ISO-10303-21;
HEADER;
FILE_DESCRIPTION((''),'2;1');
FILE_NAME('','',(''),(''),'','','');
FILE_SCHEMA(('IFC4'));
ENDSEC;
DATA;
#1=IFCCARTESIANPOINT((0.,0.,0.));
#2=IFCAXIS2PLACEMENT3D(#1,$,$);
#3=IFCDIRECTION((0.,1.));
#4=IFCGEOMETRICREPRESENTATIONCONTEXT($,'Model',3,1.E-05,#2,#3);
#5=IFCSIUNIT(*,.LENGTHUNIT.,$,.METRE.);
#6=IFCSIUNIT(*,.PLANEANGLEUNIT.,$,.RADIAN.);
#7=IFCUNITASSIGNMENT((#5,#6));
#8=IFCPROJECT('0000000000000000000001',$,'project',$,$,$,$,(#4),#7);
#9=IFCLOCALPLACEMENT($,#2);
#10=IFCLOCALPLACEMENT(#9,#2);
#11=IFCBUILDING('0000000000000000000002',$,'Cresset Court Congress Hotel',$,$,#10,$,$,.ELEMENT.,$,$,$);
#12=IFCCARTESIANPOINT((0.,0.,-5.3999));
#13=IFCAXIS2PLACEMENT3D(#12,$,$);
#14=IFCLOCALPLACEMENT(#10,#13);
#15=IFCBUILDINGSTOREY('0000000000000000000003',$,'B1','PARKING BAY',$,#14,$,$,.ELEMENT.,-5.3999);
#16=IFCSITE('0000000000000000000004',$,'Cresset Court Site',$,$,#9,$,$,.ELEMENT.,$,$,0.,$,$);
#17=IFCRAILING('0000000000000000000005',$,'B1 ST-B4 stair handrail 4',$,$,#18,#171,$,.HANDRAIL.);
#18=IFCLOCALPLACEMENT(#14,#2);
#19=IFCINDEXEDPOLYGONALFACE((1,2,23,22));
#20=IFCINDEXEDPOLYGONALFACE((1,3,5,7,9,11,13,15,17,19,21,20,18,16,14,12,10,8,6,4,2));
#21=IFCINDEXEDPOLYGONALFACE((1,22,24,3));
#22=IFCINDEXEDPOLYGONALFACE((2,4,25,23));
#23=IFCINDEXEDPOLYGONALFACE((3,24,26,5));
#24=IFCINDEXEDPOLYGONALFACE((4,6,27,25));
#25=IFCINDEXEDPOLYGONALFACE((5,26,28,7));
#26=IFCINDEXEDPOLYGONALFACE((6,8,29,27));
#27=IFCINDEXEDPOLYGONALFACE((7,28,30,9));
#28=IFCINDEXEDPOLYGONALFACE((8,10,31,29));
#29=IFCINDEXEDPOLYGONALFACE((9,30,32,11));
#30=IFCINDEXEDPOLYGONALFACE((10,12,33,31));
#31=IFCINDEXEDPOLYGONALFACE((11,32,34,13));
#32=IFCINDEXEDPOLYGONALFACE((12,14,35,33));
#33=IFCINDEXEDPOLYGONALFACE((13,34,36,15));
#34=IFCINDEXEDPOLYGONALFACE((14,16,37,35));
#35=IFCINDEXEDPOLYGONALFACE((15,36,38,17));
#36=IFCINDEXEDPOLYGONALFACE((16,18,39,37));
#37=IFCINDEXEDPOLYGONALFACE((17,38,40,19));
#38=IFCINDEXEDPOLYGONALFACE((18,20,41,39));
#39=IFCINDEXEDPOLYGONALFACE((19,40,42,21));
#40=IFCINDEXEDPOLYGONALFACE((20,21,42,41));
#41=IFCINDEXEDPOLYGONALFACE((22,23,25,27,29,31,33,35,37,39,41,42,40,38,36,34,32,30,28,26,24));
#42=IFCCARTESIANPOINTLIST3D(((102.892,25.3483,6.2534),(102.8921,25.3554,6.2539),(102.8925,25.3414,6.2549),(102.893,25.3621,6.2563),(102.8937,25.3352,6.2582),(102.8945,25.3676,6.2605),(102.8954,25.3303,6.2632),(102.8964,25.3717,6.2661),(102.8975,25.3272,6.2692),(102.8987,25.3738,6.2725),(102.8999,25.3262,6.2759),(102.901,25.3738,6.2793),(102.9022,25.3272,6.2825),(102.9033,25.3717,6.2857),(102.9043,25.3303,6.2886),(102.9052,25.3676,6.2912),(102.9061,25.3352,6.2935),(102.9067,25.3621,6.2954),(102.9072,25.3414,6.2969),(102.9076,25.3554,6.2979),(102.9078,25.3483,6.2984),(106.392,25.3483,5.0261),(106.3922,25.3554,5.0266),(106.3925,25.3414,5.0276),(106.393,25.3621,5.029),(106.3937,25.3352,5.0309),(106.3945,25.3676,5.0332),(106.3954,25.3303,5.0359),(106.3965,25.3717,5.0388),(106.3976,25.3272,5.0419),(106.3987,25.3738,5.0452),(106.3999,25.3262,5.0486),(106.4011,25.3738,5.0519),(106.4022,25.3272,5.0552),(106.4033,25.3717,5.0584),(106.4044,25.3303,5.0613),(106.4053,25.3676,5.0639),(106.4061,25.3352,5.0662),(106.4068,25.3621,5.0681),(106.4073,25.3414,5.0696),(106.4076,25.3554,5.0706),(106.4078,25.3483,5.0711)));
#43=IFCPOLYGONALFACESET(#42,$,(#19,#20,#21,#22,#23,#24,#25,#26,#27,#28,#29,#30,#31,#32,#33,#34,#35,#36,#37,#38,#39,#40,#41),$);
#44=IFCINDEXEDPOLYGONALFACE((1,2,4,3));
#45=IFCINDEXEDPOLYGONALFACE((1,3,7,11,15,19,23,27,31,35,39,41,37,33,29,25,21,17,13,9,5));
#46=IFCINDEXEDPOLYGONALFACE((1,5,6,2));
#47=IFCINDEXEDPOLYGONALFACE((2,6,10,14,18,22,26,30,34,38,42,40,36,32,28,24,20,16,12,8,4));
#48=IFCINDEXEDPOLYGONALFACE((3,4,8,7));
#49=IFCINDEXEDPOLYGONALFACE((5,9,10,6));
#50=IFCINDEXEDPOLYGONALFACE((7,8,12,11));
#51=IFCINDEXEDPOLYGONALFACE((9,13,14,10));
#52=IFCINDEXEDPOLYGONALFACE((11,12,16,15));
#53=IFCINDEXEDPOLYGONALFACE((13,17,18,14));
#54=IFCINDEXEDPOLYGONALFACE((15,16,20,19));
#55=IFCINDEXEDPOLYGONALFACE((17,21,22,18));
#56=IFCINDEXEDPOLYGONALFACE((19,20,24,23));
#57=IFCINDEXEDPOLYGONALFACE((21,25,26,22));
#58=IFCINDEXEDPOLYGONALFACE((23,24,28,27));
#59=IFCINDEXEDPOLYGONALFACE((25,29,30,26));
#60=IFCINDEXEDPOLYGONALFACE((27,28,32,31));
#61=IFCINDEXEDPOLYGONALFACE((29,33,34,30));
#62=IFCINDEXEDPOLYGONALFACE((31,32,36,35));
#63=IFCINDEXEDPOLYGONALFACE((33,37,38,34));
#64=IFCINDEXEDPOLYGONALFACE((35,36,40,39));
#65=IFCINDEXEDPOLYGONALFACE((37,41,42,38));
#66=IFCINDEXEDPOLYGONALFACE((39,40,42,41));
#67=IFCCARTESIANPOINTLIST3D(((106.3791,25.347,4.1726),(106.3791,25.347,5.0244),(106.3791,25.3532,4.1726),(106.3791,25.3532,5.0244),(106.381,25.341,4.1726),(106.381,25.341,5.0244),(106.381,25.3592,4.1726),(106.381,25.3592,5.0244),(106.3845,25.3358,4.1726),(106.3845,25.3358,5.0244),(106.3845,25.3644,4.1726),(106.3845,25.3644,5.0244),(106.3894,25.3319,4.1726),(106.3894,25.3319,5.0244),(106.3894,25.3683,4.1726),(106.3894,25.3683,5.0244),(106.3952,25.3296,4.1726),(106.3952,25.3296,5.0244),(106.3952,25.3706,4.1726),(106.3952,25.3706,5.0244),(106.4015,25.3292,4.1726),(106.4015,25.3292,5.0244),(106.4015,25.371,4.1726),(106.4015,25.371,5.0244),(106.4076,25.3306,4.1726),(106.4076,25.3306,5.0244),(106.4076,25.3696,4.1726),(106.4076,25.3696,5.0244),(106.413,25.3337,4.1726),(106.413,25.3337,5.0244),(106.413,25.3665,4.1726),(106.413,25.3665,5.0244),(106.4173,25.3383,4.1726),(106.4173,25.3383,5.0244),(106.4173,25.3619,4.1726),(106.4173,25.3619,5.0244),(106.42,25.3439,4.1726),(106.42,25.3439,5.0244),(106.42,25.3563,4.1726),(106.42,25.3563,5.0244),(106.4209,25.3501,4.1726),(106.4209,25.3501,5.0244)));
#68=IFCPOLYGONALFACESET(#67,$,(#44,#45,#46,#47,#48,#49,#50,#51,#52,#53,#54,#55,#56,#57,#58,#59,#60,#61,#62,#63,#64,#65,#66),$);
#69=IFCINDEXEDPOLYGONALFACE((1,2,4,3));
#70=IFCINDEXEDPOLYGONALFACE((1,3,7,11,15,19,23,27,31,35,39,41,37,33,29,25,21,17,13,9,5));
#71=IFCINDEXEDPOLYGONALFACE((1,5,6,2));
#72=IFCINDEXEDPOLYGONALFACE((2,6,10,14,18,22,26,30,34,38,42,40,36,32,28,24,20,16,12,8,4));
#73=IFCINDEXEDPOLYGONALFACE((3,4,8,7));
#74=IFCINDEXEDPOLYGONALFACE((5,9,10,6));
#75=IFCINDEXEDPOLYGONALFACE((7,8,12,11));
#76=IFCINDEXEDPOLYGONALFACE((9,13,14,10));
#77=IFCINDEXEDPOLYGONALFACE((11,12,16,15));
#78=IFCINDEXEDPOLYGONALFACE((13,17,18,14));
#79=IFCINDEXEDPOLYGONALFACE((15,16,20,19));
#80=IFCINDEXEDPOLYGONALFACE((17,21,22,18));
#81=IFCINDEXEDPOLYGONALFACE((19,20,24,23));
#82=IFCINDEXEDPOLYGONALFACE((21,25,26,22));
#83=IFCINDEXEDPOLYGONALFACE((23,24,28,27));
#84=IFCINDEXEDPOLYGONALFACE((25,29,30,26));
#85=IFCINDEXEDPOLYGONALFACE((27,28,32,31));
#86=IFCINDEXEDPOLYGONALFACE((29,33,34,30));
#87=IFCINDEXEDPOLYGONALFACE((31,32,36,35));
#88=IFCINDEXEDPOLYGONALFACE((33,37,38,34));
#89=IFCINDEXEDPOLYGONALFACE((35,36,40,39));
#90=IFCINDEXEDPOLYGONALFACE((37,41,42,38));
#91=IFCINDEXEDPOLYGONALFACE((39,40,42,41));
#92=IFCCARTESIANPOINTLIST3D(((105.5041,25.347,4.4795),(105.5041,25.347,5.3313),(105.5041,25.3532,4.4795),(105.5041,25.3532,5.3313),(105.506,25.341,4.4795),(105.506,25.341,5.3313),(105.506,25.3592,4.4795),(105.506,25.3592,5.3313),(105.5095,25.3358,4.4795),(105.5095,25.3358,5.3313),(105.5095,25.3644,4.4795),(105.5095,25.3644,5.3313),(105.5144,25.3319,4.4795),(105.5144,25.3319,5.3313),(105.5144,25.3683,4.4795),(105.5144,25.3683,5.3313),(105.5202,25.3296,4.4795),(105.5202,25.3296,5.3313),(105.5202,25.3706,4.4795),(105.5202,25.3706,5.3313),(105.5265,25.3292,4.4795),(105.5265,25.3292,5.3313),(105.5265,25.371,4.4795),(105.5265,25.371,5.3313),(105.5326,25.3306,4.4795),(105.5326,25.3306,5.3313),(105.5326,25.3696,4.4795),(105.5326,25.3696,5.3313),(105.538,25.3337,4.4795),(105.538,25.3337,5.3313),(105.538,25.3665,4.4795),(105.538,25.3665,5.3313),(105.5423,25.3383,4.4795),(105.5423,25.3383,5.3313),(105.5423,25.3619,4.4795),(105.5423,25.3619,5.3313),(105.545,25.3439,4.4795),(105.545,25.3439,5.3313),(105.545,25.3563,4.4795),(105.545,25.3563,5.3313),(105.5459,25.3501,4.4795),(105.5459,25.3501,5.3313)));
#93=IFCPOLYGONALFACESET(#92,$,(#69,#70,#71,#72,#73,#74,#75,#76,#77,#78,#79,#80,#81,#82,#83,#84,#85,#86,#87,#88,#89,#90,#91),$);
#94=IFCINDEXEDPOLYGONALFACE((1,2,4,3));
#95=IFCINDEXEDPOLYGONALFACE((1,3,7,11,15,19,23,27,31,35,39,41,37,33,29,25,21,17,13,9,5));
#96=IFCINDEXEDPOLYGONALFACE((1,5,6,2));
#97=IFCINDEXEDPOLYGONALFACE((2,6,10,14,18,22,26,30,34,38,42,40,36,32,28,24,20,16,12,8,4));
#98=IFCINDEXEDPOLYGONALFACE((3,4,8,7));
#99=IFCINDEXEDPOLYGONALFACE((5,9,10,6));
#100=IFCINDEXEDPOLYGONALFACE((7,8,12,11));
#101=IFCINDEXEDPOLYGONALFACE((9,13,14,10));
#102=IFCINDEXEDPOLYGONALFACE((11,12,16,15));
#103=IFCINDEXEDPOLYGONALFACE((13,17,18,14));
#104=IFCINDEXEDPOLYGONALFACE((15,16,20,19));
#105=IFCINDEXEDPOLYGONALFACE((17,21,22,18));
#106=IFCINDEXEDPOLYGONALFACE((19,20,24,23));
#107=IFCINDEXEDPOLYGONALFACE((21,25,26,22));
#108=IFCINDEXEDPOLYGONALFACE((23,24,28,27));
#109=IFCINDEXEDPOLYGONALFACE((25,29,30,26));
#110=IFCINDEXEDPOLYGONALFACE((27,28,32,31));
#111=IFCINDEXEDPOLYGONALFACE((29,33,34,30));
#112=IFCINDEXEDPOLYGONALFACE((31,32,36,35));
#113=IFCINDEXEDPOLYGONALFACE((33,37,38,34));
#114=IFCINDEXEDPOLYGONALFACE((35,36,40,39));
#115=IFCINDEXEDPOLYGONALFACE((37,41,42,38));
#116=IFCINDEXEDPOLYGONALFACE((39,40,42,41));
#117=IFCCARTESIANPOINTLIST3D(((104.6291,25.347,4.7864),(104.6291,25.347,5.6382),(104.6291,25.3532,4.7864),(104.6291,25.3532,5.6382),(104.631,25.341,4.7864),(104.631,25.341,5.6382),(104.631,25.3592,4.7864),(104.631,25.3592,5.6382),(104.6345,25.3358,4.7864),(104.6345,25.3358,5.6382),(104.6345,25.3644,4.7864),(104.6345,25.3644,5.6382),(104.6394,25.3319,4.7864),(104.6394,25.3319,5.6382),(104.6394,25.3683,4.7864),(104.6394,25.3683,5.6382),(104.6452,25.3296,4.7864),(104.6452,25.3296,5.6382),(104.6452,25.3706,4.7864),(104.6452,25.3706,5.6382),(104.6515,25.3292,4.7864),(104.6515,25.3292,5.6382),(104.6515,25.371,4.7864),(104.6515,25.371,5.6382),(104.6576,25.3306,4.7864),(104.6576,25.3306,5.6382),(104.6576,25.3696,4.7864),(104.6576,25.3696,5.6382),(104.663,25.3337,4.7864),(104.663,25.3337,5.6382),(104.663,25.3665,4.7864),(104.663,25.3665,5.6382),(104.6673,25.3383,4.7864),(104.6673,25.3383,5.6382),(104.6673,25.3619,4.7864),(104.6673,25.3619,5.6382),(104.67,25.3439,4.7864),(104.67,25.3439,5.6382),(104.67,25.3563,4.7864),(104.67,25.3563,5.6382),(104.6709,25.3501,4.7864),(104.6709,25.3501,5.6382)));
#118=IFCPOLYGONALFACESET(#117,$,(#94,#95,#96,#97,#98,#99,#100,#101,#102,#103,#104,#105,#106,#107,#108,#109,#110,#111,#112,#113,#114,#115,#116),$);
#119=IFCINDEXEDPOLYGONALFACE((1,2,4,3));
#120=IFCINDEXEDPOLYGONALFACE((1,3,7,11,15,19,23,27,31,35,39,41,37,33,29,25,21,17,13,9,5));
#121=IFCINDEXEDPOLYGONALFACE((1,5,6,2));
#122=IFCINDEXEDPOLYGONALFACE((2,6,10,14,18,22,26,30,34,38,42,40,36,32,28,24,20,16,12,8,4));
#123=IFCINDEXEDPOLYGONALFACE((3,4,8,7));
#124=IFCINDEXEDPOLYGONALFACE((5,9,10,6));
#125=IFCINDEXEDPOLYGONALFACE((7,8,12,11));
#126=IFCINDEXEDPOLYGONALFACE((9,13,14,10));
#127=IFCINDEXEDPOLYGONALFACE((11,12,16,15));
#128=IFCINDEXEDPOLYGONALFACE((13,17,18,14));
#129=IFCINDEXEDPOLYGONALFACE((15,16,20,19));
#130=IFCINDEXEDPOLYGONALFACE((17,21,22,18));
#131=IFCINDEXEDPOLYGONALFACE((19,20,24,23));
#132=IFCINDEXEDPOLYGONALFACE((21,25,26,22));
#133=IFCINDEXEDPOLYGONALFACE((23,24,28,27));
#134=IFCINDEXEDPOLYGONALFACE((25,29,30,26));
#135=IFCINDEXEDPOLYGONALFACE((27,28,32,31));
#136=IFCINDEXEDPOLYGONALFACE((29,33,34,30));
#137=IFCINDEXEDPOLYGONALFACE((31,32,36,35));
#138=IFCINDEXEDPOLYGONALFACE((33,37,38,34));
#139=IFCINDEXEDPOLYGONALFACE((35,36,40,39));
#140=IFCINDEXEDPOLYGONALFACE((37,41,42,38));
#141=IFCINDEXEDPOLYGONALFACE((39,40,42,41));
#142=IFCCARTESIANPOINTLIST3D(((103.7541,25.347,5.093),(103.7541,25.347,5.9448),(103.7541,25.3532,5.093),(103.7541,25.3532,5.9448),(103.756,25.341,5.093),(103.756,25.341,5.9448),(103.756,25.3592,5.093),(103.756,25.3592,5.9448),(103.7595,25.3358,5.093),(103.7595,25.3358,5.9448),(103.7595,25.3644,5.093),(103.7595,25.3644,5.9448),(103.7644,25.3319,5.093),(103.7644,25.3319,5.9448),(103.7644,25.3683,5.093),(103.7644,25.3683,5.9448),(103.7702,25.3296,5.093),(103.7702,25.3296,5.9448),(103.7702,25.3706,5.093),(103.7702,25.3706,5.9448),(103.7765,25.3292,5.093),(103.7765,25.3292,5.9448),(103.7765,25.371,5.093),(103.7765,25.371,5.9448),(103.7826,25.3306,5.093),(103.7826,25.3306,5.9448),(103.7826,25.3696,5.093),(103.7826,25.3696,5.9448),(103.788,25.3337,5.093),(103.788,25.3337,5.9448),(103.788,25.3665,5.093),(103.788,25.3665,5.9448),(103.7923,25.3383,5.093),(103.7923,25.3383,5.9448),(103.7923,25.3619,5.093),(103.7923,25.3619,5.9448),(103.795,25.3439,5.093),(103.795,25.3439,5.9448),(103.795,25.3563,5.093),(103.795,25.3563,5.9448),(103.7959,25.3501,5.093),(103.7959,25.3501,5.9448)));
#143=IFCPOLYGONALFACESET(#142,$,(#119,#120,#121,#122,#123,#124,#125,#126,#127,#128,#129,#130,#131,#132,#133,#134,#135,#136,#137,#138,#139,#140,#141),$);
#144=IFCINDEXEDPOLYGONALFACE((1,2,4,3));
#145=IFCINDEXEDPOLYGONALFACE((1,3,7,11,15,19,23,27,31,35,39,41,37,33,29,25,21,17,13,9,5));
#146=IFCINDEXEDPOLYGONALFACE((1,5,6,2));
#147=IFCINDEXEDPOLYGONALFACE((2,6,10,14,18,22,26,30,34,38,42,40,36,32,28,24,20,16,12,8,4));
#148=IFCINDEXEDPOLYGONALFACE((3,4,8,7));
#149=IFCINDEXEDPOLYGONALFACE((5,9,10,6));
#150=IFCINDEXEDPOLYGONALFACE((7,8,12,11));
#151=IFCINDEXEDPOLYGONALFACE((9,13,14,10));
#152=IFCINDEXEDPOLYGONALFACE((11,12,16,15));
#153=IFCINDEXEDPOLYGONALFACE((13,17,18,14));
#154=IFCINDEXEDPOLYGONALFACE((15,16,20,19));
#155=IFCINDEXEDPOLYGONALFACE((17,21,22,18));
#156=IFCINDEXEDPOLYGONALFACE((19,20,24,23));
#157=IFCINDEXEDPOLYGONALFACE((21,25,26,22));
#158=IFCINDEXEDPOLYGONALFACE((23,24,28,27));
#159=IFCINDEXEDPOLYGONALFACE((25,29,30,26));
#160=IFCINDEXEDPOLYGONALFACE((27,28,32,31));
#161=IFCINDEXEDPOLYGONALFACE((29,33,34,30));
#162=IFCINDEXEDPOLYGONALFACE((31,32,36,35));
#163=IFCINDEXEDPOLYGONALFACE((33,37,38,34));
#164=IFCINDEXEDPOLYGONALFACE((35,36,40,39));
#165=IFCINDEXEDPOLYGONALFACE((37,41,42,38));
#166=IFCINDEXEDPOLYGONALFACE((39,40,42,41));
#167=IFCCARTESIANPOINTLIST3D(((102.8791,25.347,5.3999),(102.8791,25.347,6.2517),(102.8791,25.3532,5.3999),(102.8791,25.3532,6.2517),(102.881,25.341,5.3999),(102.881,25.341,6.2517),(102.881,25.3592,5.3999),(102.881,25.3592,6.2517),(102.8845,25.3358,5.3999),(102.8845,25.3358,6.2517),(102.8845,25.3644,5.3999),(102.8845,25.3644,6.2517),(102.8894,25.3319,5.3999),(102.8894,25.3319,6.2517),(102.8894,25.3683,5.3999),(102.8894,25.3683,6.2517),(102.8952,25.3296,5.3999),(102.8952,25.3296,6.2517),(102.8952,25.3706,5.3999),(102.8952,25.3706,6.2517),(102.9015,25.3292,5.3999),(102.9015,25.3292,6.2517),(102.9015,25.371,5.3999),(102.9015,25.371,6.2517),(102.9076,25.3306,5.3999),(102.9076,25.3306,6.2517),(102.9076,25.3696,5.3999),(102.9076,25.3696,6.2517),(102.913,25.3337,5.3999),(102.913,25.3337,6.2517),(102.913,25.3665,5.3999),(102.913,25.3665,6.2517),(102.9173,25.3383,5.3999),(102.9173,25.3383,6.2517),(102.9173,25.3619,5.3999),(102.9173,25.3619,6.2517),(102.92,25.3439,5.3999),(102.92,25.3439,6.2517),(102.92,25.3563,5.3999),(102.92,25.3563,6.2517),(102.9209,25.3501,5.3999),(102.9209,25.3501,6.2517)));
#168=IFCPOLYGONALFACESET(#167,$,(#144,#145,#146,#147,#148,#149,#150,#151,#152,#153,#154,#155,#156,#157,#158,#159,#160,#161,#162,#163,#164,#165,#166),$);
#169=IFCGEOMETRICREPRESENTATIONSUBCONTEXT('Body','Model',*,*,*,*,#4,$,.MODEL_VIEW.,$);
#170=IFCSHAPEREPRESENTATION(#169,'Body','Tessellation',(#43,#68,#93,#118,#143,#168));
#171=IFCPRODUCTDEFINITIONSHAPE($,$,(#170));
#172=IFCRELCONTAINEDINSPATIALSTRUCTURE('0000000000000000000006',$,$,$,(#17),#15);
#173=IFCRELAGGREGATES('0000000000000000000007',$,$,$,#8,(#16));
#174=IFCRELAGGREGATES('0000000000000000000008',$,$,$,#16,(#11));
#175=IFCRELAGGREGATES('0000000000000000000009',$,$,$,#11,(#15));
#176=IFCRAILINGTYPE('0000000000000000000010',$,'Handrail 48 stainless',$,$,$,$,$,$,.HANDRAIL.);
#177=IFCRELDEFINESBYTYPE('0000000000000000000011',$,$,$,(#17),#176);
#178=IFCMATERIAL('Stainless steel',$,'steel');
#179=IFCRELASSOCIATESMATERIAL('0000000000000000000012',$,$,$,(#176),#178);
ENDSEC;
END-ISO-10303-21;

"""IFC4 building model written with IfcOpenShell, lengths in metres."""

from ifc_helpers import new_model, si_unit, direction, frame, origin, origin_2d, place, context, subcontext, project, spatial, circle, extrude, material, type_object, element, save


model = new_model("IFC4")

# Units and contexts
model_context = context("Model", 3, precision=1e-05, world=origin(), true_north=direction((0.0, 1.0)))
body_context = subcontext(model_context, "Body", "Model", "MODEL_VIEW")
ifc_project = project(units=[si_unit("LENGTHUNIT", "METRE"), si_unit("PLANEANGLEUNIT", "RADIAN")], contexts=[model_context])

# Site, building, storey
site_placement = place(None, origin())
site = spatial("IfcSite", under=ifc_project, at=site_placement, Name="Cresset Court Site", CompositionType="ELEMENT", RefElevation=0.0)
building_placement = place(site_placement, origin())
building = spatial("IfcBuilding", under=site, at=building_placement, Name="Cresset Court Congress Hotel", CompositionType="ELEMENT")
storey_placement = place(building_placement, frame((0.0, 0.0, -5.3999)))
storey = spatial("IfcBuildingStorey", under=building, at=storey_placement, Name="B1", Description="PARKING BAY", CompositionType="ELEMENT", Elevation=-5.3999)

# Railing
ifc_material_1 = material(Name="Stainless steel", Category="steel")
railing_type_1 = type_object("IfcRailingType", Name="Handrail 48 stainless", PredefinedType="HANDRAIL", material=ifc_material_1)
for number, where, name in (
    (1, (106.3999, 25.3501, 4.1726), "B1 ST-B4 stair handrail 4"),
):
    element("IfcRailing", number, at=place(storey_placement, frame(where)), inside=storey, type_object=railing_type_1, Name=name, PredefinedType="HANDRAIL", context=body_context, shape_type="SweptSolid", body=[
        extrude(circle(Radius=0.0239, at=origin_2d()), frame((0.0, 0.0, 0.876), z_axis=(-0.943665, 0.0, 0.330902), x_axis=(0.0, -1.0, 0.0)), (0.0, 0.0, 1.0), 3.709),
        extrude(circle(Radius=0.021, at=origin_2d()), origin(), (0.0, 0.0, 1.0), 0.8518),
        extrude(circle(Radius=0.021, at=origin_2d()), frame((-0.875, 0.0, 0.3069)), (0.0, 0.0, 1.0), 0.8518),
        extrude(circle(Radius=0.021, at=origin_2d()), frame((-1.75, 0.0, 0.6138)), (0.0, 0.0, 1.0), 0.8518),
        extrude(circle(Radius=0.021, at=origin_2d()), frame((-2.625, 0.0, 0.9204)), (0.0, 0.0, 1.0), 0.8518),
        extrude(circle(Radius=0.021, at=origin_2d()), frame((-3.5, 0.0, 1.2273)), (0.0, 0.0, 1.0), 0.8518),
    ])

save(model, "model.ifc")
